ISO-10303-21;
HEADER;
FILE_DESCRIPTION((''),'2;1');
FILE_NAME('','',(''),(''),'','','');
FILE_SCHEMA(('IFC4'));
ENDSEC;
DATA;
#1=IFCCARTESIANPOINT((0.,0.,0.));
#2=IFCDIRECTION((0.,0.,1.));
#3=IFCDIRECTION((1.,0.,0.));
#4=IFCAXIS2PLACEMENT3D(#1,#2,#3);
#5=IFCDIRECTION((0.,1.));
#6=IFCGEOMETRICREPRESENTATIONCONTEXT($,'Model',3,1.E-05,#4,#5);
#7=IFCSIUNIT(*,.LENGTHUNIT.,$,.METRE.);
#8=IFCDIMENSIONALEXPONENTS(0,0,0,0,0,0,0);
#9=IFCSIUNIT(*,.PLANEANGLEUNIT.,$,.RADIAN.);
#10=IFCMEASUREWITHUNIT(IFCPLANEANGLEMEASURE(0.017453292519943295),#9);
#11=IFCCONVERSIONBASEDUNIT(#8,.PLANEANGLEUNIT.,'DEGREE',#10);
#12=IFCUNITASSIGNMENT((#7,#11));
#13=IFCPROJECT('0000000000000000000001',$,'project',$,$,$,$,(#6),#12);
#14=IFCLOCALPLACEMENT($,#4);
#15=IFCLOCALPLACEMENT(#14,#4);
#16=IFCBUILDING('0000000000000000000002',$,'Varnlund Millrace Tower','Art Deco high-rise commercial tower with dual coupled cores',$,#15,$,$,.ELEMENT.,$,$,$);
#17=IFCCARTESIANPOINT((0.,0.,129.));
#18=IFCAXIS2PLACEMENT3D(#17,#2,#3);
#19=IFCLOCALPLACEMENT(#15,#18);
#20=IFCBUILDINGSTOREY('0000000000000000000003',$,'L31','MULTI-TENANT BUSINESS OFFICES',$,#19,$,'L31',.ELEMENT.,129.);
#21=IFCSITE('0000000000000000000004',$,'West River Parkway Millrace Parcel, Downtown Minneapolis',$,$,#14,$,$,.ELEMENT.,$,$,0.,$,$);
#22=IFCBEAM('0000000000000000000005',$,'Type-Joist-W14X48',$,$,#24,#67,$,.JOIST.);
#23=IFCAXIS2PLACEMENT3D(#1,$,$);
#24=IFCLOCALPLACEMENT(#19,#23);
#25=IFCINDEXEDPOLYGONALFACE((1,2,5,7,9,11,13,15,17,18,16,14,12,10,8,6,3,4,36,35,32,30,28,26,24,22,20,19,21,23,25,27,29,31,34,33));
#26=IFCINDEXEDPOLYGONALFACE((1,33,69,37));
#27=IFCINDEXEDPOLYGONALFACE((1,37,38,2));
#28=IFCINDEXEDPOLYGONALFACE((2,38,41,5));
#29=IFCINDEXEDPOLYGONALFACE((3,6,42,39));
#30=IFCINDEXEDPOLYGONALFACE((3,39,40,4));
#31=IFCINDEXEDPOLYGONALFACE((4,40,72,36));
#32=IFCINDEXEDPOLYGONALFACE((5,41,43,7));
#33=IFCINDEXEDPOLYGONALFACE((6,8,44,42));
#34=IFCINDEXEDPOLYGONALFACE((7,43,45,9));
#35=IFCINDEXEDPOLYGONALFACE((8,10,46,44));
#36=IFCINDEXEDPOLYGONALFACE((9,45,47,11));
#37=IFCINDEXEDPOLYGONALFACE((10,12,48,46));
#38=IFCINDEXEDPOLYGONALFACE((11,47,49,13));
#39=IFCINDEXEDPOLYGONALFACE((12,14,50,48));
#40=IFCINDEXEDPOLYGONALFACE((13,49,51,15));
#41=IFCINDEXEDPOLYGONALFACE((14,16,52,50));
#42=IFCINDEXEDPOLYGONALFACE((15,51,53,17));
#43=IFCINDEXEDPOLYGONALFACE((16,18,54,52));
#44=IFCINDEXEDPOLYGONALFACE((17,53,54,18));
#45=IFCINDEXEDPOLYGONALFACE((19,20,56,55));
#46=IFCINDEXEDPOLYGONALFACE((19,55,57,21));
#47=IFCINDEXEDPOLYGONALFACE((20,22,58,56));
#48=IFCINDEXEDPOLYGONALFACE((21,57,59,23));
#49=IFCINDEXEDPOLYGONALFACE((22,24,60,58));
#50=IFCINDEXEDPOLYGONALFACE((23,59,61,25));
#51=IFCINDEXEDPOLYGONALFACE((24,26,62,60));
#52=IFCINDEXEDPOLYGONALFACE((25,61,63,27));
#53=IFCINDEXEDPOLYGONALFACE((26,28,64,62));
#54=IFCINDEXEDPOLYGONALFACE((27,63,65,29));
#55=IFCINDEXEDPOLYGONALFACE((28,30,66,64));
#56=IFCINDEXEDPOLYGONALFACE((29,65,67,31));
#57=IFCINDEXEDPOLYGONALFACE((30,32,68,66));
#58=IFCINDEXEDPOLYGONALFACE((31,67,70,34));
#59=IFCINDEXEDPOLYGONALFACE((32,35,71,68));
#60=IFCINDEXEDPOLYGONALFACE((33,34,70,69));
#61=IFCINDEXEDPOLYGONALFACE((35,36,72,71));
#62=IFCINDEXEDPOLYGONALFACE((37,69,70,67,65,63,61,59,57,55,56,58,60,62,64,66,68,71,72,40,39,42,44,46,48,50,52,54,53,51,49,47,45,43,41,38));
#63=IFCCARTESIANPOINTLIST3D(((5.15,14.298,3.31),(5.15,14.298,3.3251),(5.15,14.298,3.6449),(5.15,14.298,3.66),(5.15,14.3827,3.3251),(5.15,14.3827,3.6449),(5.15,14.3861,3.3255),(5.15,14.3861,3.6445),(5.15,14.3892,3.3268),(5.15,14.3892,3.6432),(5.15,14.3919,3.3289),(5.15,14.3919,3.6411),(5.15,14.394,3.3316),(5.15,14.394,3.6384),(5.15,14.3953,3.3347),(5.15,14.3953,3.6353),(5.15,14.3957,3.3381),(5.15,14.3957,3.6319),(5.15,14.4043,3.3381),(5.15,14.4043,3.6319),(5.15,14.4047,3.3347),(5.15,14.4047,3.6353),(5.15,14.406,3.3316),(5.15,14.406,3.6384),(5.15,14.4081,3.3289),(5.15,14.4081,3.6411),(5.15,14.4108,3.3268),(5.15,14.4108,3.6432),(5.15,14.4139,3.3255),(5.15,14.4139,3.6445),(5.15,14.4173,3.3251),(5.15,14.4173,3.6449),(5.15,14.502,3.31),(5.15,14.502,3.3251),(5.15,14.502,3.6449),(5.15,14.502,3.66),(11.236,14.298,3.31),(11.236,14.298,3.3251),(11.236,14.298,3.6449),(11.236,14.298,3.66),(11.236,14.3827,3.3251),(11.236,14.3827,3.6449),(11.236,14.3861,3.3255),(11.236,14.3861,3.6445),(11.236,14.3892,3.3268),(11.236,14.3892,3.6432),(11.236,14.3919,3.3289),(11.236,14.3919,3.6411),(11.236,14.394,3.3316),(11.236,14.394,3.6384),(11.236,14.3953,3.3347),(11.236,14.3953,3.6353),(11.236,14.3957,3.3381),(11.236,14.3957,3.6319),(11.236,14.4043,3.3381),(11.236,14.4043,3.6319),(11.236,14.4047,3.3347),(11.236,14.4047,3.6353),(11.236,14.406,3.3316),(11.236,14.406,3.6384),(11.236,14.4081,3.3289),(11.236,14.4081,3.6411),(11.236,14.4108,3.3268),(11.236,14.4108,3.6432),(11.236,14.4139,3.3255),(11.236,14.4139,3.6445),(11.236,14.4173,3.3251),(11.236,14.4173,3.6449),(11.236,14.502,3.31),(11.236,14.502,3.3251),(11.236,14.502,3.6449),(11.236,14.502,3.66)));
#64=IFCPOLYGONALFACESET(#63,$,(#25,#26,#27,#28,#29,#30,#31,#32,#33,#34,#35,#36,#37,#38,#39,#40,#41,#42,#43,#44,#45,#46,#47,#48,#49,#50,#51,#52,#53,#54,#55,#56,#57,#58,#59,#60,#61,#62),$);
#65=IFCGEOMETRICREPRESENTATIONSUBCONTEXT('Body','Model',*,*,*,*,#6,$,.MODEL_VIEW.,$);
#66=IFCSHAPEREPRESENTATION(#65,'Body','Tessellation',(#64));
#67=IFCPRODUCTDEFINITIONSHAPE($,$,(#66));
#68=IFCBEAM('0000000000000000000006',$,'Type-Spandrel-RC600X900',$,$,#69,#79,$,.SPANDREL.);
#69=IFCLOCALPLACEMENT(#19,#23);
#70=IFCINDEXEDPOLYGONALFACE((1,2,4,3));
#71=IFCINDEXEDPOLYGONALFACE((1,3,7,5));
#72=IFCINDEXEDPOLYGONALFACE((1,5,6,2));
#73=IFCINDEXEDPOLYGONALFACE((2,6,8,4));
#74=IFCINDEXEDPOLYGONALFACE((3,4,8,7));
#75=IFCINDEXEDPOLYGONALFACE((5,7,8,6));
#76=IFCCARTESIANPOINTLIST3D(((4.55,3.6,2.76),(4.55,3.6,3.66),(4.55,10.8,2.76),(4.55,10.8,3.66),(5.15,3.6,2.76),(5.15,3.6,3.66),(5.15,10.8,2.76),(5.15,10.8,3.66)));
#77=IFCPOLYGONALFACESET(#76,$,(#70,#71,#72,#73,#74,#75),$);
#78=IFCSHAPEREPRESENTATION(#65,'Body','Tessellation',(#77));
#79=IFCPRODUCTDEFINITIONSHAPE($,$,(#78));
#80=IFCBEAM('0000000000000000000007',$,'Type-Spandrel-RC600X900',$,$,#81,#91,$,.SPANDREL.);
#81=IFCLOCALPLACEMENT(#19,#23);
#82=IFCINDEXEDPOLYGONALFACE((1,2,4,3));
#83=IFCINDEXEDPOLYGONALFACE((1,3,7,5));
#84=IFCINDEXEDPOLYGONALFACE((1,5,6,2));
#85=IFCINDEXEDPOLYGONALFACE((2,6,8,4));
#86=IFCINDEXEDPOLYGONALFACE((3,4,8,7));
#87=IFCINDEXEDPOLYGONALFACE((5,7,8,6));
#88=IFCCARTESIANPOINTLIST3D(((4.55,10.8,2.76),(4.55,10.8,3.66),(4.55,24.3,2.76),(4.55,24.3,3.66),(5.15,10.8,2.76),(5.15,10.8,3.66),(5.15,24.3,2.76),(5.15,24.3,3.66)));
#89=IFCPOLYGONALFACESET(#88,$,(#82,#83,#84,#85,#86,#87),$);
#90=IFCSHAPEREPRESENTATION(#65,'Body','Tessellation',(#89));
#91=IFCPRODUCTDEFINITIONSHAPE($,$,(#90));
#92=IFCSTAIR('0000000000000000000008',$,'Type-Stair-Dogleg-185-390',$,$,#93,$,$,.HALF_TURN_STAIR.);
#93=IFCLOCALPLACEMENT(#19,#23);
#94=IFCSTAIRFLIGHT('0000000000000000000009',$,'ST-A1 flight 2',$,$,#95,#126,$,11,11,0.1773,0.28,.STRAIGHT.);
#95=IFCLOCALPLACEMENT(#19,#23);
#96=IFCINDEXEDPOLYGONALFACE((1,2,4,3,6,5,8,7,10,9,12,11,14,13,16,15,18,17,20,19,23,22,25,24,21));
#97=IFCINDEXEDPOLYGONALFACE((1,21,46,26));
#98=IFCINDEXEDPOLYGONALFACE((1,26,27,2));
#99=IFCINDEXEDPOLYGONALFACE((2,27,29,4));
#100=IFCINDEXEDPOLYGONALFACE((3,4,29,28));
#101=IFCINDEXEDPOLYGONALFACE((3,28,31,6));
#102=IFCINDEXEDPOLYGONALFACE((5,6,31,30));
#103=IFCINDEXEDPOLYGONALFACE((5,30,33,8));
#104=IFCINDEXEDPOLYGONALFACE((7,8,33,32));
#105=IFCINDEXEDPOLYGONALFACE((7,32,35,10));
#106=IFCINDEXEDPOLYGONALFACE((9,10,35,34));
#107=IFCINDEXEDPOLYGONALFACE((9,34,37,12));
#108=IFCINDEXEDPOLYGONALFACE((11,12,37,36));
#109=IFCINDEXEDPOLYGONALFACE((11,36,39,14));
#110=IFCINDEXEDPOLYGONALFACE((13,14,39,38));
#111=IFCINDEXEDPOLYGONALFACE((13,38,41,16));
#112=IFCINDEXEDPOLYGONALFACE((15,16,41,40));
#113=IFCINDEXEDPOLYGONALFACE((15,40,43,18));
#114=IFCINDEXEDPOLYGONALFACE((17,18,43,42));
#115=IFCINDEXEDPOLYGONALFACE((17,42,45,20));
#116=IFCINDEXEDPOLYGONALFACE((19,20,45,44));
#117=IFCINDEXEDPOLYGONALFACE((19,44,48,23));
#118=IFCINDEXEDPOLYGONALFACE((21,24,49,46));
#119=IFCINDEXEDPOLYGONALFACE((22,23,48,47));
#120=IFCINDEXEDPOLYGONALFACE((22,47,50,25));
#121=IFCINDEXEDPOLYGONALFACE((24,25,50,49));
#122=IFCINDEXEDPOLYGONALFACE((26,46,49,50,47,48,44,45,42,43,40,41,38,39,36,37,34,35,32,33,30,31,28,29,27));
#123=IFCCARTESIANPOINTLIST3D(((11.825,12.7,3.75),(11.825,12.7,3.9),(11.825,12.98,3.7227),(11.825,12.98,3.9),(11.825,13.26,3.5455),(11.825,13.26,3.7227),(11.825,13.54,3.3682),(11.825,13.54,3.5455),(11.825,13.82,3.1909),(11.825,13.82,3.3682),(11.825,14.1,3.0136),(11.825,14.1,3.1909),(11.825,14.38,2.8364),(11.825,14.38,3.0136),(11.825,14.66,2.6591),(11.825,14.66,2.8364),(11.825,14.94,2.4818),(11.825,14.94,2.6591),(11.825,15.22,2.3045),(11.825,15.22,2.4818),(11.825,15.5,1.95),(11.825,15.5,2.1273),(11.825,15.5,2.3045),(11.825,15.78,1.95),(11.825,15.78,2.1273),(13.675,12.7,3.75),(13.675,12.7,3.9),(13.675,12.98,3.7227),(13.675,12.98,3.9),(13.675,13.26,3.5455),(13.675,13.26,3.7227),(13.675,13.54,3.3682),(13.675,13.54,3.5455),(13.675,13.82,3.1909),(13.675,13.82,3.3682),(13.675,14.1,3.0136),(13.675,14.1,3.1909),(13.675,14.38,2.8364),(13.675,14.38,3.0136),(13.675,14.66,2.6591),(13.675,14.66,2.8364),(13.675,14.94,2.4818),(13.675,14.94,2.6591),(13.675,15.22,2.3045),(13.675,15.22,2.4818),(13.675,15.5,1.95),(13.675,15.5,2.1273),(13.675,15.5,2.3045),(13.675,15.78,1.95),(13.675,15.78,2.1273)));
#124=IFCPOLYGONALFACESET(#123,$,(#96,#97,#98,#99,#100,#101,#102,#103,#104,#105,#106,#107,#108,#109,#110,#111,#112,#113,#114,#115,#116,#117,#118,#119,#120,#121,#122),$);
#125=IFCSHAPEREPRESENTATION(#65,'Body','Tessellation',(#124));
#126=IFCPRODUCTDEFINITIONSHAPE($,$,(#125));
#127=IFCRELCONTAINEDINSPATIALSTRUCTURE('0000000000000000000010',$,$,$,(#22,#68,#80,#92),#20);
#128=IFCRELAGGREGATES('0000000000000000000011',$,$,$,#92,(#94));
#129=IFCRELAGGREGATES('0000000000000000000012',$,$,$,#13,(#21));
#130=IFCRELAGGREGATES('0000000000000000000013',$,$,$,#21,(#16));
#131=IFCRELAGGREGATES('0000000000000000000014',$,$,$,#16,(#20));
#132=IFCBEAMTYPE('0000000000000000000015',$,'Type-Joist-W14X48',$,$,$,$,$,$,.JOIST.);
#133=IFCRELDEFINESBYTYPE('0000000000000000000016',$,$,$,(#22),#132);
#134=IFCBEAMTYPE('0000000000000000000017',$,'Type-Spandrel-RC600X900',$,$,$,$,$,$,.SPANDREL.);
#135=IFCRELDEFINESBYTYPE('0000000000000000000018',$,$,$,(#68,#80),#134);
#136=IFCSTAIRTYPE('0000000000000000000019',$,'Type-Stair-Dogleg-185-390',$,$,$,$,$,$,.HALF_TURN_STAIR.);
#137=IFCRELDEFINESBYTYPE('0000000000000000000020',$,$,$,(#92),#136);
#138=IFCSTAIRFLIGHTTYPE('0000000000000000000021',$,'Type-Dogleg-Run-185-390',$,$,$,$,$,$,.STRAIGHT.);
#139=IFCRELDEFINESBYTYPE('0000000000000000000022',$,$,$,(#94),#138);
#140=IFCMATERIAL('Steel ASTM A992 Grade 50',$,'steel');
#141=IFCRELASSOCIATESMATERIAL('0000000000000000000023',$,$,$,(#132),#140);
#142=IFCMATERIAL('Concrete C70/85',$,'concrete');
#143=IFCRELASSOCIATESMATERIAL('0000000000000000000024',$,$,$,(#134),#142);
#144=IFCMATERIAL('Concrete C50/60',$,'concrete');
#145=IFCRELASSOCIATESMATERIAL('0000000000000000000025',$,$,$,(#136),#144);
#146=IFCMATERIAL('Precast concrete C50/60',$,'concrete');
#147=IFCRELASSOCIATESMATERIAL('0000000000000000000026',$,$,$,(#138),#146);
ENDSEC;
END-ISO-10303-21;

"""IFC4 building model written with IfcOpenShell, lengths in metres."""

from ifc_helpers import new_model, entity, si_unit, converted_unit, direction, frame, origin_with_axes, origin_2d_with_axis, place, context, subcontext, project, spatial, polyline, rectangle, i_section, outline, extrude, material, material_profile, profile_set, type_object, element, aggregate, save


model = new_model("IFC4")

# Units and contexts
model_context = context("Model", 3, precision=1e-05, world=origin_with_axes(), true_north=direction((0.0, 1.0)))
body_context = subcontext(model_context, "Body", "Model", "MODEL_VIEW")
ifc_project = project(units=[si_unit("LENGTHUNIT", "METRE"), converted_unit("PLANEANGLEUNIT", "DEGREE", entity("IfcPlaneAngleMeasure", 0.017453292519943295), si_unit("PLANEANGLEUNIT", "RADIAN"), dimensions=[0, 0, 0, 0, 0, 0, 0])], contexts=[model_context])

# Site, building, storey
site_placement = place(None, origin_with_axes())
site = spatial("IfcSite", under=ifc_project, at=site_placement, Name="West River Parkway Millrace Parcel, Downtown Minneapolis", CompositionType="ELEMENT", RefElevation=0.0)
building_placement = place(site_placement, origin_with_axes())
building = spatial("IfcBuilding", under=site, at=building_placement, Name="Varnlund Millrace Tower", Description="Art Deco high-rise commercial tower with dual coupled cores", CompositionType="ELEMENT")
storey_placement = place(building_placement, frame((0.0, 0.0, 129.0), z_axis=(0.0, 0.0, 1.0), x_axis=(1.0, 0.0, 0.0)))
storey = spatial("IfcBuildingStorey", under=building, at=storey_placement, Name="L31", Description="MULTI-TENANT BUSINESS OFFICES", LongName="L31", CompositionType="ELEMENT", Elevation=129.0)

# Beams
ifc_material_1 = material(Name="Steel ASTM A992 Grade 50", Category="steel")
ifc_material_profile_1 = material_profile(ifc_material_1, i_section(OverallWidth=0.204, OverallDepth=0.35, WebThickness=0.0086, FlangeThickness=0.0151, FilletRadius=0.013, at=origin_2d_with_axis()), Name="Steel ASTM A992 Grade 50")
ifc_profile_set_1 = profile_set([ifc_material_profile_1], Name="Steel ASTM A992 Grade 50")
beam_type_1 = type_object("IfcBeamType", Name="Type-Joist-W14X48", PredefinedType="JOIST", material=ifc_profile_set_1)
for number, where, z_axis, x_axis, name in (
    (1, (5.15, 14.4, 3.485), (1.0, 0.0, 0.0), (0.0, 1.0, 0.0), "Type-Joist-W14X48"),
):
    element("IfcBeam", number, at=place(storey_placement, frame(where, z_axis=z_axis, x_axis=x_axis)), inside=storey, type_object=beam_type_1, Name=name, PredefinedType="JOIST", context=body_context, shape_type="SweptSolid", body=[
        extrude(i_section(OverallWidth=0.204, OverallDepth=0.35, WebThickness=0.0086, FlangeThickness=0.0151, FilletRadius=0.013, at=origin_2d_with_axis()), origin_with_axes(), (0.0, 0.0, 1.0), 6.086),
    ])
ifc_material_2 = material(Name="Concrete C70/85", Category="concrete")
ifc_material_profile_2 = material_profile(ifc_material_2, rectangle(XDim=0.6, YDim=0.9, at=origin_2d_with_axis()), Name="Concrete C70/85")
ifc_profile_set_2 = profile_set([ifc_material_profile_2], Name="Concrete C70/85")
beam_type_2 = type_object("IfcBeamType", Name="Type-Spandrel-RC600X900", PredefinedType="SPANDREL", material=ifc_profile_set_2)
beam_1_placement = place(storey_placement, frame((4.85, 3.6, 3.21), z_axis=(0.0, 1.0, 0.0), x_axis=(-1.0, 0.0, 0.0)))
element("IfcBeam", 2, at=beam_1_placement, inside=storey, type_object=beam_type_2, Name="Type-Spandrel-RC600X900", PredefinedType="SPANDREL", context=body_context, shape_type="SweptSolid", body=[
    extrude(rectangle(XDim=0.6, YDim=0.9, at=origin_2d_with_axis()), origin_with_axes(), (0.0, 0.0, 1.0), 7.2),
])
beam_2_placement = place(storey_placement, frame((4.85, 10.8, 3.21), z_axis=(0.0, 1.0, 0.0), x_axis=(-1.0, 0.0, 0.0)))
element("IfcBeam", 3, at=beam_2_placement, inside=storey, type_object=beam_type_2, Name="Type-Spandrel-RC600X900", PredefinedType="SPANDREL", context=body_context, shape_type="SweptSolid", body=[
    extrude(rectangle(XDim=0.6, YDim=0.9, at=origin_2d_with_axis()), origin_with_axes(), (0.0, 0.0, 1.0), 13.5),
])

# Stair, stair flight
ifc_material_3 = material(Name="Concrete C50/60", Category="concrete")
stair_type = type_object("IfcStairType", Name="Type-Stair-Dogleg-185-390", PredefinedType="HALF_TURN_STAIR", material=ifc_material_3)
stair_placement = place(storey_placement, origin_with_axes())
stair = element("IfcStair", 4, at=stair_placement, inside=storey, type_object=stair_type, Name="Type-Stair-Dogleg-185-390", PredefinedType="HALF_TURN_STAIR")
ifc_material_4 = material(Name="Precast concrete C50/60", Category="concrete")
stair_flight_type = type_object("IfcStairFlightType", Name="Type-Dogleg-Run-185-390", PredefinedType="STRAIGHT", material=ifc_material_4)
stair_flight_placement = place(storey_placement, frame((13.675, 15.78, 1.95), z_axis=(-1.0, 0.0, 0.0), x_axis=(0.0, -1.0, 0.0)))
stair_flight = element("IfcStairFlight", 5, at=stair_flight_placement, type_object=stair_flight_type, Name="ST-A1 flight 2", NumberOfRisers=11, NumberOfTreads=11, PredefinedType="STRAIGHT", RiserHeight=0.1773, TreadLength=0.28, context=body_context, shape_type="SweptSolid", body=[
    extrude(outline(polyline([(0.0, 0.0), (0.0, 0.1773), (0.28, 0.1773), (0.28, 0.3545), (0.56, 0.3545), (0.56, 0.5318), (0.84, 0.5318), (0.84, 0.7091), (1.12, 0.7091), (1.12, 0.8864), (1.4, 0.8864), (1.4, 1.0636), (1.68, 1.0636), (1.68, 1.2409), (1.96, 1.2409), (1.96, 1.4182), (2.24, 1.4182), (2.24, 1.5955), (2.52, 1.5955), (2.52, 1.7727), (2.8, 1.7727), (2.8, 1.95), (3.08, 1.95), (3.08, 1.8), (0.28, 0.0), (0.0, 0.0)])), origin_with_axes(), (0.0, 0.0, 1.0), 1.85),
])
aggregate(stair, [stair_flight])

save(model, "model.ifc")
